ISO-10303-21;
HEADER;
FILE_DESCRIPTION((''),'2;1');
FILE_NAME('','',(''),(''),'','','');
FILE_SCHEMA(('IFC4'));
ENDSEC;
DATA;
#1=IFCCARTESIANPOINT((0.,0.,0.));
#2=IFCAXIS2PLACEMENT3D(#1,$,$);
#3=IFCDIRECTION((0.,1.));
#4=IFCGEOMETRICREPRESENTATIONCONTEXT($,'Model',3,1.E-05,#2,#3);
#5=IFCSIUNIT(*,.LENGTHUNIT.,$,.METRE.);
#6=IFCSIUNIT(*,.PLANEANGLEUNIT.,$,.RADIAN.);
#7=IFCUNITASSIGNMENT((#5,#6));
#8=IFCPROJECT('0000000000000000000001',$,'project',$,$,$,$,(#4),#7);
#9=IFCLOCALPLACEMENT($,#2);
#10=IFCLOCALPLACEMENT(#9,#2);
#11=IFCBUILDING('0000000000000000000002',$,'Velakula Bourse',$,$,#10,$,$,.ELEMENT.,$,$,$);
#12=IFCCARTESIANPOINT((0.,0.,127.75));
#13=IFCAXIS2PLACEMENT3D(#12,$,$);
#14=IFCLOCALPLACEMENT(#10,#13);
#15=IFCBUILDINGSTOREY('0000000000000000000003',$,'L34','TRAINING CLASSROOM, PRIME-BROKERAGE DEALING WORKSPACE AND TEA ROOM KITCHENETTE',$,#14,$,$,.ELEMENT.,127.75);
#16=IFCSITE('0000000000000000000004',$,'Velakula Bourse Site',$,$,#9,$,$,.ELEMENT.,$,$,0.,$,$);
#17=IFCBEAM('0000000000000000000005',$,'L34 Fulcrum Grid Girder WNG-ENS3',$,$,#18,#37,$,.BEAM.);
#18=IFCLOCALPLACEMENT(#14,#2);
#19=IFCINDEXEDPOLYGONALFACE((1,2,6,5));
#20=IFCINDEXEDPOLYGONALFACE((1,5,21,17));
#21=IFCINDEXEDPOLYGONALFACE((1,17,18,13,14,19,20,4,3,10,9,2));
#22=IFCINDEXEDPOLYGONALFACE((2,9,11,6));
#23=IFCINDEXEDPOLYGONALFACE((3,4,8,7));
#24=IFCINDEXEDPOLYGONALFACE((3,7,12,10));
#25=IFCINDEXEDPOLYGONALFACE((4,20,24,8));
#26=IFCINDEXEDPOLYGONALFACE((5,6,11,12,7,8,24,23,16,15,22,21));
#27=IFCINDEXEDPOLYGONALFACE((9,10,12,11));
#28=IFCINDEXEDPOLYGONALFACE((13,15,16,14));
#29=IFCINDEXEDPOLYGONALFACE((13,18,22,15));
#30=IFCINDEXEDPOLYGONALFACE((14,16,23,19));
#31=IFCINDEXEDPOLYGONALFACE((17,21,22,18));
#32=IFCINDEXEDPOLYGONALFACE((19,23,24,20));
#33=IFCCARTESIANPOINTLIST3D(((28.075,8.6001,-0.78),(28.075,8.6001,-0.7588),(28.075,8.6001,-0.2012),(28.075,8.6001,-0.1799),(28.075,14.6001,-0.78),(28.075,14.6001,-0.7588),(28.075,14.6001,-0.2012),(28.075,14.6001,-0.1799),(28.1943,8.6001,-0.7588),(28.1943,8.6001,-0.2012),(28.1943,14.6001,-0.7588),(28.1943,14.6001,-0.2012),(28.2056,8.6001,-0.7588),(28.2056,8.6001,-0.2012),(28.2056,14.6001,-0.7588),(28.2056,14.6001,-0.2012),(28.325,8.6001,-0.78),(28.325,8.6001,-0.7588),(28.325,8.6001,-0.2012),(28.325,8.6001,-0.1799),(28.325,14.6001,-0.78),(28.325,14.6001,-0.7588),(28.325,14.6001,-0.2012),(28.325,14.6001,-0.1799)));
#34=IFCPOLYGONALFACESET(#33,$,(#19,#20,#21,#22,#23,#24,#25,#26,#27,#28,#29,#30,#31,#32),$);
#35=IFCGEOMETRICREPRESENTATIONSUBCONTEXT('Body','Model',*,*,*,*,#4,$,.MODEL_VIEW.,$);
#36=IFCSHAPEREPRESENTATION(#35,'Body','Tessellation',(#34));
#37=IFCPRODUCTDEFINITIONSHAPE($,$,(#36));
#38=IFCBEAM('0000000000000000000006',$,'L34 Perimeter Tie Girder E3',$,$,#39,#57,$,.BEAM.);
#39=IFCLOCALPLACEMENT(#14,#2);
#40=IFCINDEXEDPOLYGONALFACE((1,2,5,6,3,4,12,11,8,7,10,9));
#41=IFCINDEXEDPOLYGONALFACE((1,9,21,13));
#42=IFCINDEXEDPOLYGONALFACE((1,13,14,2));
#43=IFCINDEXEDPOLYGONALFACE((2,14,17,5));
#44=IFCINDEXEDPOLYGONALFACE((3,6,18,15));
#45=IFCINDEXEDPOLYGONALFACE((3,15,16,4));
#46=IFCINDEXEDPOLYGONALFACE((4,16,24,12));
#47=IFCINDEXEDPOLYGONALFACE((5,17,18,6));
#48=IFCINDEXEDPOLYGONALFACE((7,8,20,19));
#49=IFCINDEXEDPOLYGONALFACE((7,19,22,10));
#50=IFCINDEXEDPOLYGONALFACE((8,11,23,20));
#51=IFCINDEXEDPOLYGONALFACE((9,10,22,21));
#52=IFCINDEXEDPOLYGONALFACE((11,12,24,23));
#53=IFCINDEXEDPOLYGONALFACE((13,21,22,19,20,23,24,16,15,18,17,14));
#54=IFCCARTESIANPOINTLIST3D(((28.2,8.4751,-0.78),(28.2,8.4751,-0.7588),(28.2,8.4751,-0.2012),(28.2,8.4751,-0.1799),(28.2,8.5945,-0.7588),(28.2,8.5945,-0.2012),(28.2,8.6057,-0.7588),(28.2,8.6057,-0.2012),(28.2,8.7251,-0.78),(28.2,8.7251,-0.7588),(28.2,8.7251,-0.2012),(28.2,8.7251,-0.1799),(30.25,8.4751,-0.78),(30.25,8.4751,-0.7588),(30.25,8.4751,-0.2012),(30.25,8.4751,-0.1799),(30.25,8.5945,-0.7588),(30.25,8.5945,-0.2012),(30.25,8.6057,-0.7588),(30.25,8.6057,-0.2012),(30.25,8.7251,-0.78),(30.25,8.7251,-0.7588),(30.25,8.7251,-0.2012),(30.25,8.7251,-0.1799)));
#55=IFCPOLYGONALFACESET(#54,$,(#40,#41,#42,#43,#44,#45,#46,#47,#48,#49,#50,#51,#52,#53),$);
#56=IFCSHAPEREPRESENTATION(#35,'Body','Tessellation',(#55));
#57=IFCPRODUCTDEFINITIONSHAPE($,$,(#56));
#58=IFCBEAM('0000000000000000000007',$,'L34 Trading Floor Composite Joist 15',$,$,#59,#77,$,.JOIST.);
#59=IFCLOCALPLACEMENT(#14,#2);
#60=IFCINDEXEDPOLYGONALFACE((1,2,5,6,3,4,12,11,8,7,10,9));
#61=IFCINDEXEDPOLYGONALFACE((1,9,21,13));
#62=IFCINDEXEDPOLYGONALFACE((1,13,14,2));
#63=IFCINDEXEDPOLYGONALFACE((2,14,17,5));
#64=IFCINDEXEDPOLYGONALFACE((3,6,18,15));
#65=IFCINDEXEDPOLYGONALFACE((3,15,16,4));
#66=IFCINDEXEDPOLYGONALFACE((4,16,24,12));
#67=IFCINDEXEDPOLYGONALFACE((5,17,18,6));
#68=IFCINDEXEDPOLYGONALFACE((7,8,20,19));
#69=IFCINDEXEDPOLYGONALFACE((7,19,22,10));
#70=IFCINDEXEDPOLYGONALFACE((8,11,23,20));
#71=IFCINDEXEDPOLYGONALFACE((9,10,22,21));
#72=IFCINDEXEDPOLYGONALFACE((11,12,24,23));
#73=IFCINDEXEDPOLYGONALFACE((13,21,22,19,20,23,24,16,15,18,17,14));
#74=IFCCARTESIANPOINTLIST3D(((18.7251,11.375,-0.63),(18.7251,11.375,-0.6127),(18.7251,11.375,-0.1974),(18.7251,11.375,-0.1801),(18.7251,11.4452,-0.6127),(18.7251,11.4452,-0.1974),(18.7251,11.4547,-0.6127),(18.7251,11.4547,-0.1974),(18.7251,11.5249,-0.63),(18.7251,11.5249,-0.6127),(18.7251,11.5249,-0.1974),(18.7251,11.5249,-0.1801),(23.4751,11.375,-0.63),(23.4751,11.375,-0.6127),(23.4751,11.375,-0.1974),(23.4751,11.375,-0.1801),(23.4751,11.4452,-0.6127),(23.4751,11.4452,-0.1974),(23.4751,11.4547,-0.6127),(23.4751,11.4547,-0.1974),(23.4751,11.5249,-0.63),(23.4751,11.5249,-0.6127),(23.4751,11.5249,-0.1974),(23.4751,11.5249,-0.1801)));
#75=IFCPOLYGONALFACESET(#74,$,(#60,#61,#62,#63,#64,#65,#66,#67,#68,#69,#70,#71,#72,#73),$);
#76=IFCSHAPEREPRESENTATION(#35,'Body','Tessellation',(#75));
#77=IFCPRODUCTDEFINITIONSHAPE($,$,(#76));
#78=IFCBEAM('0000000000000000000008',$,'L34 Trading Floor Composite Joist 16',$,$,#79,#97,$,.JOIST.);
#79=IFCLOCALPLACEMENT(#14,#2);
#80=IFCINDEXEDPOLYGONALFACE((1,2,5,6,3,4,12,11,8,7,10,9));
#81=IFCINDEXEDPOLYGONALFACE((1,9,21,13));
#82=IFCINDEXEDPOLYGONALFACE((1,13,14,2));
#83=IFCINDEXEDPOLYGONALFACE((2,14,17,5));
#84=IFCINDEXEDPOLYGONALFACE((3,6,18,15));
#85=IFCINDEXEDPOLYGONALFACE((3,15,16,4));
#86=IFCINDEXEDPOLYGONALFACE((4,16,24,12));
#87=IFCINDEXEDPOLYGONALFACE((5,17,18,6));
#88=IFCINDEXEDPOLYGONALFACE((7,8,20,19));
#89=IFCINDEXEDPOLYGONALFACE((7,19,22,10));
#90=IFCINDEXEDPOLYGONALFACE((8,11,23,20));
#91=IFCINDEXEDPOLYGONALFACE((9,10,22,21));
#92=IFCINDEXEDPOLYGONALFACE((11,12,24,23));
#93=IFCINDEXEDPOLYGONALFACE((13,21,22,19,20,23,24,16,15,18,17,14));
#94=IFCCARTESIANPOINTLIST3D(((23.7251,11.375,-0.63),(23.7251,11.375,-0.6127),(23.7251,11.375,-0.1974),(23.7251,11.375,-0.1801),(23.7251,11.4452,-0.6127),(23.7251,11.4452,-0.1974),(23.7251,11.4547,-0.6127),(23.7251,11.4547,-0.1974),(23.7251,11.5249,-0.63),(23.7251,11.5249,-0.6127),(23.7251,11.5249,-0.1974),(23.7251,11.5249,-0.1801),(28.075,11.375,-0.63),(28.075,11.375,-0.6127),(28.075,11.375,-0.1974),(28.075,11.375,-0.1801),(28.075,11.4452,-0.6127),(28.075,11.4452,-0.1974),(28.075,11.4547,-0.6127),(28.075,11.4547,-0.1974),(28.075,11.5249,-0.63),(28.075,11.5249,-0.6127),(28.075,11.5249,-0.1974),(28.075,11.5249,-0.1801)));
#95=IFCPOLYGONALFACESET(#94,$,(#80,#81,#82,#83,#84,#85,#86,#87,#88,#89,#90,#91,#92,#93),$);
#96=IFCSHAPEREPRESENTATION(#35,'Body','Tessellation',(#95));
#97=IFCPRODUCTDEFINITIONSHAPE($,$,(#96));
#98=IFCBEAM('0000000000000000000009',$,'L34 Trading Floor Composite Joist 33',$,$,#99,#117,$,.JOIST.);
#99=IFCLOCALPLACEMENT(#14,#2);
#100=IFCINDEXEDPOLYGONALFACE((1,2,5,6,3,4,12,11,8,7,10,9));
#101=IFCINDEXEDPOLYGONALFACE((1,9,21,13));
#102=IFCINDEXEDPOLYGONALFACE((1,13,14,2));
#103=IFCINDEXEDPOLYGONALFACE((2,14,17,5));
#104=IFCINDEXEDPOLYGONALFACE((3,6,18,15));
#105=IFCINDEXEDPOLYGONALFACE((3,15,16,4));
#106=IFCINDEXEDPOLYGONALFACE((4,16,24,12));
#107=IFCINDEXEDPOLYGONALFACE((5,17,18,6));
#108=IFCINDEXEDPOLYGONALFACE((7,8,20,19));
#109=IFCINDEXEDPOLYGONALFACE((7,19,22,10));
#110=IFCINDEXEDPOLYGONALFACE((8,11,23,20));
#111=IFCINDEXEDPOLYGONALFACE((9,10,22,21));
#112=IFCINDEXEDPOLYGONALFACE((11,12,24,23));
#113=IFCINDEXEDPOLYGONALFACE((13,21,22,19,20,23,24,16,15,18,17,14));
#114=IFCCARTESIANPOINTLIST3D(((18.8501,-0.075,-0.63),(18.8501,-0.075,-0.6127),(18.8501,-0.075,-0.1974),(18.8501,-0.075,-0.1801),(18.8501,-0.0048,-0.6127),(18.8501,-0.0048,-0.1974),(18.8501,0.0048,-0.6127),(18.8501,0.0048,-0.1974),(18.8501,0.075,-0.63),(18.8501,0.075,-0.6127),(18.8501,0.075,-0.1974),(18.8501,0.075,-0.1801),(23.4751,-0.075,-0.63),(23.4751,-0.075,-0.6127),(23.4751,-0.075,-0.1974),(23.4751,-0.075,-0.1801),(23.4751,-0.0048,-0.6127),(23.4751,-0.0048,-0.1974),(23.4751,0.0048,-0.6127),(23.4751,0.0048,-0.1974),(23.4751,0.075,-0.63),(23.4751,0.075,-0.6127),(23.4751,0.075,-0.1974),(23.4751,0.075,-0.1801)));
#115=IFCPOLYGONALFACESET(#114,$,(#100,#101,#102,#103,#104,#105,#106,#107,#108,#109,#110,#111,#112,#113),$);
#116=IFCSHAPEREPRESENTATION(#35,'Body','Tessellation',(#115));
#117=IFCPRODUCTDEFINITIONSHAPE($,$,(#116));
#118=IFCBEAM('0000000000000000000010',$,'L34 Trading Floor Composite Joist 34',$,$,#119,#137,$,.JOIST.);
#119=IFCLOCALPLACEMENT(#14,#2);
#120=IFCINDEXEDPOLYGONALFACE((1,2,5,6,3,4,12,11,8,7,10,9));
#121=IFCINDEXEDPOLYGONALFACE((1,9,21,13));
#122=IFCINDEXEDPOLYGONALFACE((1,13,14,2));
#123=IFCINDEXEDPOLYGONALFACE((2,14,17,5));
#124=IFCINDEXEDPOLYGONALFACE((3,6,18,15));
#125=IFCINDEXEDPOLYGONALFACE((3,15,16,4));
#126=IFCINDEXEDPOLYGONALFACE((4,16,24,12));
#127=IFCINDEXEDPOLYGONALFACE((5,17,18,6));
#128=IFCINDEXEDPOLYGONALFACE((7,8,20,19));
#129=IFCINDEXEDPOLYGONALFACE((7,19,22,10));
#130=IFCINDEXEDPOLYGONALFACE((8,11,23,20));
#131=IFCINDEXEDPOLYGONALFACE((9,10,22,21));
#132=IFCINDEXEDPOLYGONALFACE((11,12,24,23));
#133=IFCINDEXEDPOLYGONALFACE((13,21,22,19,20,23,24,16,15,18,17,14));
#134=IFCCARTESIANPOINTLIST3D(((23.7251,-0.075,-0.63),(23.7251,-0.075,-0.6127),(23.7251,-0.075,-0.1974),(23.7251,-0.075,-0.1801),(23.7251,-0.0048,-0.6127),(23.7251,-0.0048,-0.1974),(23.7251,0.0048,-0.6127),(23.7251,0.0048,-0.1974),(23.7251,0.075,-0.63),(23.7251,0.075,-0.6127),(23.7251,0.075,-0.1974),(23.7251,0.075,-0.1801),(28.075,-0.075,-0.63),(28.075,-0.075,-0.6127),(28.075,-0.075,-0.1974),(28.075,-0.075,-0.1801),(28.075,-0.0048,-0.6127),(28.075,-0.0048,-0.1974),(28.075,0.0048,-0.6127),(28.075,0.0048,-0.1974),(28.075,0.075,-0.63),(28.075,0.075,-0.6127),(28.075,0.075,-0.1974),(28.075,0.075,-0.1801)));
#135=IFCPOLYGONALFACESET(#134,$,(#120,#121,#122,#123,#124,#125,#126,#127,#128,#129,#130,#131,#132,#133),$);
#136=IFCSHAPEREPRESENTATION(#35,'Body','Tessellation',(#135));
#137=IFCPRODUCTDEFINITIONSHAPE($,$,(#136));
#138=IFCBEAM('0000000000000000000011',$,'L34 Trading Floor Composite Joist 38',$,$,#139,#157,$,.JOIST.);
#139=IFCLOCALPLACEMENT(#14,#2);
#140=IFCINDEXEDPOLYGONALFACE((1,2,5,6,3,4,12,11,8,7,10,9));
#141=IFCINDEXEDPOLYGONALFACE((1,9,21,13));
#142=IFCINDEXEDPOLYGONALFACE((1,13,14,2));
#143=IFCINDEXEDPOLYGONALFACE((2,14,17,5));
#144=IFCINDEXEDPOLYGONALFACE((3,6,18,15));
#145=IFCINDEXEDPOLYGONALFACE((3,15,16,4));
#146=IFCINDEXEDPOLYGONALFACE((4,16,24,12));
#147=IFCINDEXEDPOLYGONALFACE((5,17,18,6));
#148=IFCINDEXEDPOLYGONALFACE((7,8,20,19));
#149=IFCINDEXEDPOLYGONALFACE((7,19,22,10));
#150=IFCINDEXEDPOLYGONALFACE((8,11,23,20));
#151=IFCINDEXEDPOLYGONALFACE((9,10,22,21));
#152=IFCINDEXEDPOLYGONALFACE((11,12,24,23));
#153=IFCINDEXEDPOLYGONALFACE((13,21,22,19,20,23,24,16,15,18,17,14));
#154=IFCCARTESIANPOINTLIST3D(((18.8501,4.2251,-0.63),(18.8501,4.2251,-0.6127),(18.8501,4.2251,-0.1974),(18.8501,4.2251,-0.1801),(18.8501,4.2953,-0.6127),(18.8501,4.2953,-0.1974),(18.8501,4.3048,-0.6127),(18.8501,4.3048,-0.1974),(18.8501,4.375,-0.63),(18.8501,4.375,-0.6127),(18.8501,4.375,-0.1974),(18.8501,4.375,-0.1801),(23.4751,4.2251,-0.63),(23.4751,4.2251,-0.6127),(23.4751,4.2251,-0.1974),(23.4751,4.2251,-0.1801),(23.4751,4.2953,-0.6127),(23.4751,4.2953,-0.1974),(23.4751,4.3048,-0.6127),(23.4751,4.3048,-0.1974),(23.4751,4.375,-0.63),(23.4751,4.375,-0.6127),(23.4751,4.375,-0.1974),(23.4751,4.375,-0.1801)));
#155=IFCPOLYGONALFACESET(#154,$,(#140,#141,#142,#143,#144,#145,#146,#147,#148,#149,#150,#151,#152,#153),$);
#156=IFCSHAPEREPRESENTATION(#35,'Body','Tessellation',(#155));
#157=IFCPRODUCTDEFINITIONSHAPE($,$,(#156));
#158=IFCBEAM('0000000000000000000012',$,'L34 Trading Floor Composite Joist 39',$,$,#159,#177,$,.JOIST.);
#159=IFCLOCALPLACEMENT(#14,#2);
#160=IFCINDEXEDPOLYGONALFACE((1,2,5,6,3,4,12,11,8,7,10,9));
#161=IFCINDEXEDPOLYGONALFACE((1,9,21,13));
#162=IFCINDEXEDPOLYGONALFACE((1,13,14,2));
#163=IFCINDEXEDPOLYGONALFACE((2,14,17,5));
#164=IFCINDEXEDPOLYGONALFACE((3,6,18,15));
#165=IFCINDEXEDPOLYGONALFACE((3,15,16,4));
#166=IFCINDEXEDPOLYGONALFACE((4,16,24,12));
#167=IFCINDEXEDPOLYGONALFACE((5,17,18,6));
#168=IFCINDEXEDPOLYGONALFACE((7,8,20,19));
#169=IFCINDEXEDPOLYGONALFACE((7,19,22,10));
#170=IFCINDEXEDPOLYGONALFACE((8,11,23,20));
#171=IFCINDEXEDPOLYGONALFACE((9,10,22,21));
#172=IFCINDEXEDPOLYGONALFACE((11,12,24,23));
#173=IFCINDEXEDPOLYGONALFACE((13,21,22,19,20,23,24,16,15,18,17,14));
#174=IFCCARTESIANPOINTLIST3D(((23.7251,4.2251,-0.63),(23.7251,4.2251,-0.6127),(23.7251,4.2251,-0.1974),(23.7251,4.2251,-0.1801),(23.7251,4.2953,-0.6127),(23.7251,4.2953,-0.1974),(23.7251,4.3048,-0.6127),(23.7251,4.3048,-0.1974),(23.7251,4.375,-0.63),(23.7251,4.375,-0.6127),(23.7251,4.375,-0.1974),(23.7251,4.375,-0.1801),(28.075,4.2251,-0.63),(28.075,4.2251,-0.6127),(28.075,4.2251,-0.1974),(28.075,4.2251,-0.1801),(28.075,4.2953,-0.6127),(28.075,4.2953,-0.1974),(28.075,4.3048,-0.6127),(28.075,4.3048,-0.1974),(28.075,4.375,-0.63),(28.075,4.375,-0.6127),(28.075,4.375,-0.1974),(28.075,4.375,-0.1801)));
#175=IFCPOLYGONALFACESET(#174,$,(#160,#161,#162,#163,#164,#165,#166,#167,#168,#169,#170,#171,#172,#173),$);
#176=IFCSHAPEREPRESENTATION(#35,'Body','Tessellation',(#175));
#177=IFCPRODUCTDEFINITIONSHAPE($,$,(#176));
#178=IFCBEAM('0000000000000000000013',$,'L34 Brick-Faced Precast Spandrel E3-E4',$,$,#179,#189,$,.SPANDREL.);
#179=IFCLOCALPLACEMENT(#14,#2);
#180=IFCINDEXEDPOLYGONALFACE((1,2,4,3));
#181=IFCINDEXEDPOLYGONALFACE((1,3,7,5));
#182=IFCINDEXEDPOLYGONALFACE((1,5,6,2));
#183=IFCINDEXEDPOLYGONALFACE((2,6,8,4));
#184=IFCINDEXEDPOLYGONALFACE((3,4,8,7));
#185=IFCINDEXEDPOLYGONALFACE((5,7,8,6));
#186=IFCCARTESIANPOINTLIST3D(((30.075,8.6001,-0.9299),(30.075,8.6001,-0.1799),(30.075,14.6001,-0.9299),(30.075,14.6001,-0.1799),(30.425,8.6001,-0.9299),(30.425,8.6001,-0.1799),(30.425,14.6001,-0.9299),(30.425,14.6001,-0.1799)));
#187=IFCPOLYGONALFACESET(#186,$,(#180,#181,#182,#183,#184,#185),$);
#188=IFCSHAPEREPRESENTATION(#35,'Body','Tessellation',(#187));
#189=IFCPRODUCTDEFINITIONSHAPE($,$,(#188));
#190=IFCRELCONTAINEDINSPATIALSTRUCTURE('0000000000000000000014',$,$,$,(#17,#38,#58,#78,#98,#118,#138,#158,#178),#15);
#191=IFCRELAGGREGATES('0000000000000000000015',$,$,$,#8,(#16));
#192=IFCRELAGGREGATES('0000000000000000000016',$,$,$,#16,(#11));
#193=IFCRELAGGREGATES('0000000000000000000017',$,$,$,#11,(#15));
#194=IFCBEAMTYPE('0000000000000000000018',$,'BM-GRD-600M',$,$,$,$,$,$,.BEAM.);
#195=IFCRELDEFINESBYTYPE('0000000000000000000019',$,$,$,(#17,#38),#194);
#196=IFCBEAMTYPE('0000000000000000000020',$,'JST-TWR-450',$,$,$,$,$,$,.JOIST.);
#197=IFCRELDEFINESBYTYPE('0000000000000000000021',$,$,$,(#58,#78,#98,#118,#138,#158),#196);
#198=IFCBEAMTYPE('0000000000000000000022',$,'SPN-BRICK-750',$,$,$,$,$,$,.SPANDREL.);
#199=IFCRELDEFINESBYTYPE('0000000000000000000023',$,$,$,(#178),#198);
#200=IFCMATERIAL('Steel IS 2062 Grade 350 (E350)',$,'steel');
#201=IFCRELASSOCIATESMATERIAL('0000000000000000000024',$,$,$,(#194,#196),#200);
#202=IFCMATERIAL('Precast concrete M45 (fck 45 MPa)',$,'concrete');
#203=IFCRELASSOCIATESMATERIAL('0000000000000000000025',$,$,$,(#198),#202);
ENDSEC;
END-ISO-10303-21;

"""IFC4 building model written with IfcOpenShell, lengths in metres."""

from ifc_helpers import new_model, si_unit, direction, frame, origin, origin_2d, place, context, subcontext, project, spatial, rectangle, i_section, extrude, material, material_profile, profile_set, type_object, element, save


model = new_model("IFC4")

# Units and contexts
model_context = context("Model", 3, precision=1e-05, world=origin(), true_north=direction((0.0, 1.0)))
body_context = subcontext(model_context, "Body", "Model", "MODEL_VIEW")
ifc_project = project(units=[si_unit("LENGTHUNIT", "METRE"), si_unit("PLANEANGLEUNIT", "RADIAN")], contexts=[model_context])

# Site, building, storey
site_placement = place(None, origin())
site = spatial("IfcSite", under=ifc_project, at=site_placement, Name="Velakula Bourse Site", CompositionType="ELEMENT", RefElevation=0.0)
building_placement = place(site_placement, origin())
building = spatial("IfcBuilding", under=site, at=building_placement, Name="Velakula Bourse", CompositionType="ELEMENT")
storey_placement = place(building_placement, frame((0.0, 0.0, 127.75)))
storey = spatial("IfcBuildingStorey", under=building, at=storey_placement, Name="L34", Description="TRAINING CLASSROOM, PRIME-BROKERAGE DEALING WORKSPACE AND TEA ROOM KITCHENETTE", CompositionType="ELEMENT", Elevation=127.75)

# Shared definitions
ifc_material_1 = material(Name="Steel IS 2062 Grade 350 (E350)", Category="steel")

# Beams
ifc_material_profile_1 = material_profile(ifc_material_1, i_section(OverallWidth=0.25, OverallDepth=0.6001, WebThickness=0.0112, FlangeThickness=0.0212, at=origin_2d()), Name="Steel IS 2062 Grade 350 (E350)")
ifc_profile_set_1 = profile_set([ifc_material_profile_1], Name="Steel IS 2062 Grade 350 (E350)")
beam_type_1 = type_object("IfcBeamType", Name="BM-GRD-600M", PredefinedType="BEAM", material=ifc_profile_set_1)
beam_1_placement = place(storey_placement, frame((28.2, 8.6001, -0.48), z_axis=(0.0, 1.0, 0.0), x_axis=(-1.0, 0.0, 0.0)))
element("IfcBeam", 1, at=beam_1_placement, inside=storey, type_object=beam_type_1, Name="L34 Fulcrum Grid Girder WNG-ENS3", PredefinedType="BEAM", context=body_context, shape_type="SweptSolid", body=[
    extrude(i_section(OverallWidth=0.25, OverallDepth=0.6001, WebThickness=0.0112, FlangeThickness=0.0212, at=origin_2d()), origin(), (0.0, 0.0, 1.0), 6.0),
])
beam_2_placement = place(storey_placement, frame((28.2, 8.6001, -0.48), z_axis=(1.0, 0.0, 0.0), x_axis=(0.0, 1.0, 0.0)))
element("IfcBeam", 2, at=beam_2_placement, inside=storey, type_object=beam_type_1, Name="L34 Perimeter Tie Girder E3", PredefinedType="BEAM", context=body_context, shape_type="SweptSolid", body=[
    extrude(i_section(OverallWidth=0.25, OverallDepth=0.6001, WebThickness=0.0112, FlangeThickness=0.0212, at=origin_2d()), origin(), (0.0, 0.0, 1.0), 2.05),
])
ifc_material_profile_2 = material_profile(ifc_material_1, i_section(OverallWidth=0.1499, OverallDepth=0.45, WebThickness=0.0095, FlangeThickness=0.0173, at=origin_2d()), Name="Steel IS 2062 Grade 350 (E350)")
ifc_profile_set_2 = profile_set([ifc_material_profile_2], Name="Steel IS 2062 Grade 350 (E350)")
beam_type_2 = type_object("IfcBeamType", Name="JST-TWR-450", PredefinedType="JOIST", material=ifc_profile_set_2)
beam_3_placement = place(storey_placement, frame((18.7251, 11.45, -0.405), z_axis=(1.0, 0.0, 0.0), x_axis=(0.0, 1.0, 0.0)))
element("IfcBeam", 3, at=beam_3_placement, inside=storey, type_object=beam_type_2, Name="L34 Trading Floor Composite Joist 15", PredefinedType="JOIST", context=body_context, shape_type="SweptSolid", body=[
    extrude(i_section(OverallWidth=0.1499, OverallDepth=0.45, WebThickness=0.0095, FlangeThickness=0.0173, at=origin_2d()), origin(), (0.0, 0.0, 1.0), 4.75),
])
beam_4_placement = place(storey_placement, frame((23.7251, 11.45, -0.405), z_axis=(1.0, 0.0, 0.0), x_axis=(0.0, 1.0, 0.0)))
element("IfcBeam", 4, at=beam_4_placement, inside=storey, type_object=beam_type_2, Name="L34 Trading Floor Composite Joist 16", PredefinedType="JOIST", context=body_context, shape_type="SweptSolid", body=[
    extrude(i_section(OverallWidth=0.1499, OverallDepth=0.45, WebThickness=0.0095, FlangeThickness=0.0173, at=origin_2d()), origin(), (0.0, 0.0, 1.0), 4.3499),
])
beam_5_placement = place(storey_placement, frame((18.8501, 0.0, -0.405), z_axis=(1.0, 0.0, 0.0), x_axis=(0.0, 1.0, 0.0)))
element("IfcBeam", 5, at=beam_5_placement, inside=storey, type_object=beam_type_2, Name="L34 Trading Floor Composite Joist 33", PredefinedType="JOIST", context=body_context, shape_type="SweptSolid", body=[
    extrude(i_section(OverallWidth=0.1499, OverallDepth=0.45, WebThickness=0.0095, FlangeThickness=0.0173, at=origin_2d()), origin(), (0.0, 0.0, 1.0), 4.625),
])
beam_6_placement = place(storey_placement, frame((23.7251, 0.0, -0.405), z_axis=(1.0, 0.0, 0.0), x_axis=(0.0, 1.0, 0.0)))
element("IfcBeam", 6, at=beam_6_placement, inside=storey, type_object=beam_type_2, Name="L34 Trading Floor Composite Joist 34", PredefinedType="JOIST", context=body_context, shape_type="SweptSolid", body=[
    extrude(i_section(OverallWidth=0.1499, OverallDepth=0.45, WebThickness=0.0095, FlangeThickness=0.0173, at=origin_2d()), origin(), (0.0, 0.0, 1.0), 4.3499),
])
beam_7_placement = place(storey_placement, frame((18.8501, 4.3, -0.405), z_axis=(1.0, 0.0, 0.0), x_axis=(0.0, 1.0, 0.0)))
element("IfcBeam", 7, at=beam_7_placement, inside=storey, type_object=beam_type_2, Name="L34 Trading Floor Composite Joist 38", PredefinedType="JOIST", context=body_context, shape_type="SweptSolid", body=[
    extrude(i_section(OverallWidth=0.1499, OverallDepth=0.45, WebThickness=0.0095, FlangeThickness=0.0173, at=origin_2d()), origin(), (0.0, 0.0, 1.0), 4.625),
])
beam_8_placement = place(storey_placement, frame((23.7251, 4.3, -0.405), z_axis=(1.0, 0.0, 0.0), x_axis=(0.0, 1.0, 0.0)))
element("IfcBeam", 8, at=beam_8_placement, inside=storey, type_object=beam_type_2, Name="L34 Trading Floor Composite Joist 39", PredefinedType="JOIST", context=body_context, shape_type="SweptSolid", body=[
    extrude(i_section(OverallWidth=0.1499, OverallDepth=0.45, WebThickness=0.0095, FlangeThickness=0.0173, at=origin_2d()), origin(), (0.0, 0.0, 1.0), 4.3499),
])
ifc_material_2 = material(Name="Precast concrete M45 (fck 45 MPa)", Category="concrete")
ifc_material_profile_3 = material_profile(ifc_material_2, rectangle(XDim=0.3501, YDim=0.75, at=origin_2d()), Name="Precast concrete M45 (fck 45 MPa)")
ifc_profile_set_3 = profile_set([ifc_material_profile_3], Name="Precast concrete M45 (fck 45 MPa)")
beam_type_3 = type_object("IfcBeamType", Name="SPN-BRICK-750", PredefinedType="SPANDREL", material=ifc_profile_set_3)
beam_9_placement = place(storey_placement, frame((30.25, 8.6001, -0.5549), z_axis=(0.0, 1.0, 0.0), x_axis=(-1.0, 0.0, 0.0)))
element("IfcBeam", 9, at=beam_9_placement, inside=storey, type_object=beam_type_3, Name="L34 Brick-Faced Precast Spandrel E3-E4", PredefinedType="SPANDREL", context=body_context, shape_type="SweptSolid", body=[
    extrude(rectangle(XDim=0.3501, YDim=0.75, at=origin_2d()), origin(), (0.0, 0.0, 1.0), 6.0),
])

save(model, "model.ifc")
